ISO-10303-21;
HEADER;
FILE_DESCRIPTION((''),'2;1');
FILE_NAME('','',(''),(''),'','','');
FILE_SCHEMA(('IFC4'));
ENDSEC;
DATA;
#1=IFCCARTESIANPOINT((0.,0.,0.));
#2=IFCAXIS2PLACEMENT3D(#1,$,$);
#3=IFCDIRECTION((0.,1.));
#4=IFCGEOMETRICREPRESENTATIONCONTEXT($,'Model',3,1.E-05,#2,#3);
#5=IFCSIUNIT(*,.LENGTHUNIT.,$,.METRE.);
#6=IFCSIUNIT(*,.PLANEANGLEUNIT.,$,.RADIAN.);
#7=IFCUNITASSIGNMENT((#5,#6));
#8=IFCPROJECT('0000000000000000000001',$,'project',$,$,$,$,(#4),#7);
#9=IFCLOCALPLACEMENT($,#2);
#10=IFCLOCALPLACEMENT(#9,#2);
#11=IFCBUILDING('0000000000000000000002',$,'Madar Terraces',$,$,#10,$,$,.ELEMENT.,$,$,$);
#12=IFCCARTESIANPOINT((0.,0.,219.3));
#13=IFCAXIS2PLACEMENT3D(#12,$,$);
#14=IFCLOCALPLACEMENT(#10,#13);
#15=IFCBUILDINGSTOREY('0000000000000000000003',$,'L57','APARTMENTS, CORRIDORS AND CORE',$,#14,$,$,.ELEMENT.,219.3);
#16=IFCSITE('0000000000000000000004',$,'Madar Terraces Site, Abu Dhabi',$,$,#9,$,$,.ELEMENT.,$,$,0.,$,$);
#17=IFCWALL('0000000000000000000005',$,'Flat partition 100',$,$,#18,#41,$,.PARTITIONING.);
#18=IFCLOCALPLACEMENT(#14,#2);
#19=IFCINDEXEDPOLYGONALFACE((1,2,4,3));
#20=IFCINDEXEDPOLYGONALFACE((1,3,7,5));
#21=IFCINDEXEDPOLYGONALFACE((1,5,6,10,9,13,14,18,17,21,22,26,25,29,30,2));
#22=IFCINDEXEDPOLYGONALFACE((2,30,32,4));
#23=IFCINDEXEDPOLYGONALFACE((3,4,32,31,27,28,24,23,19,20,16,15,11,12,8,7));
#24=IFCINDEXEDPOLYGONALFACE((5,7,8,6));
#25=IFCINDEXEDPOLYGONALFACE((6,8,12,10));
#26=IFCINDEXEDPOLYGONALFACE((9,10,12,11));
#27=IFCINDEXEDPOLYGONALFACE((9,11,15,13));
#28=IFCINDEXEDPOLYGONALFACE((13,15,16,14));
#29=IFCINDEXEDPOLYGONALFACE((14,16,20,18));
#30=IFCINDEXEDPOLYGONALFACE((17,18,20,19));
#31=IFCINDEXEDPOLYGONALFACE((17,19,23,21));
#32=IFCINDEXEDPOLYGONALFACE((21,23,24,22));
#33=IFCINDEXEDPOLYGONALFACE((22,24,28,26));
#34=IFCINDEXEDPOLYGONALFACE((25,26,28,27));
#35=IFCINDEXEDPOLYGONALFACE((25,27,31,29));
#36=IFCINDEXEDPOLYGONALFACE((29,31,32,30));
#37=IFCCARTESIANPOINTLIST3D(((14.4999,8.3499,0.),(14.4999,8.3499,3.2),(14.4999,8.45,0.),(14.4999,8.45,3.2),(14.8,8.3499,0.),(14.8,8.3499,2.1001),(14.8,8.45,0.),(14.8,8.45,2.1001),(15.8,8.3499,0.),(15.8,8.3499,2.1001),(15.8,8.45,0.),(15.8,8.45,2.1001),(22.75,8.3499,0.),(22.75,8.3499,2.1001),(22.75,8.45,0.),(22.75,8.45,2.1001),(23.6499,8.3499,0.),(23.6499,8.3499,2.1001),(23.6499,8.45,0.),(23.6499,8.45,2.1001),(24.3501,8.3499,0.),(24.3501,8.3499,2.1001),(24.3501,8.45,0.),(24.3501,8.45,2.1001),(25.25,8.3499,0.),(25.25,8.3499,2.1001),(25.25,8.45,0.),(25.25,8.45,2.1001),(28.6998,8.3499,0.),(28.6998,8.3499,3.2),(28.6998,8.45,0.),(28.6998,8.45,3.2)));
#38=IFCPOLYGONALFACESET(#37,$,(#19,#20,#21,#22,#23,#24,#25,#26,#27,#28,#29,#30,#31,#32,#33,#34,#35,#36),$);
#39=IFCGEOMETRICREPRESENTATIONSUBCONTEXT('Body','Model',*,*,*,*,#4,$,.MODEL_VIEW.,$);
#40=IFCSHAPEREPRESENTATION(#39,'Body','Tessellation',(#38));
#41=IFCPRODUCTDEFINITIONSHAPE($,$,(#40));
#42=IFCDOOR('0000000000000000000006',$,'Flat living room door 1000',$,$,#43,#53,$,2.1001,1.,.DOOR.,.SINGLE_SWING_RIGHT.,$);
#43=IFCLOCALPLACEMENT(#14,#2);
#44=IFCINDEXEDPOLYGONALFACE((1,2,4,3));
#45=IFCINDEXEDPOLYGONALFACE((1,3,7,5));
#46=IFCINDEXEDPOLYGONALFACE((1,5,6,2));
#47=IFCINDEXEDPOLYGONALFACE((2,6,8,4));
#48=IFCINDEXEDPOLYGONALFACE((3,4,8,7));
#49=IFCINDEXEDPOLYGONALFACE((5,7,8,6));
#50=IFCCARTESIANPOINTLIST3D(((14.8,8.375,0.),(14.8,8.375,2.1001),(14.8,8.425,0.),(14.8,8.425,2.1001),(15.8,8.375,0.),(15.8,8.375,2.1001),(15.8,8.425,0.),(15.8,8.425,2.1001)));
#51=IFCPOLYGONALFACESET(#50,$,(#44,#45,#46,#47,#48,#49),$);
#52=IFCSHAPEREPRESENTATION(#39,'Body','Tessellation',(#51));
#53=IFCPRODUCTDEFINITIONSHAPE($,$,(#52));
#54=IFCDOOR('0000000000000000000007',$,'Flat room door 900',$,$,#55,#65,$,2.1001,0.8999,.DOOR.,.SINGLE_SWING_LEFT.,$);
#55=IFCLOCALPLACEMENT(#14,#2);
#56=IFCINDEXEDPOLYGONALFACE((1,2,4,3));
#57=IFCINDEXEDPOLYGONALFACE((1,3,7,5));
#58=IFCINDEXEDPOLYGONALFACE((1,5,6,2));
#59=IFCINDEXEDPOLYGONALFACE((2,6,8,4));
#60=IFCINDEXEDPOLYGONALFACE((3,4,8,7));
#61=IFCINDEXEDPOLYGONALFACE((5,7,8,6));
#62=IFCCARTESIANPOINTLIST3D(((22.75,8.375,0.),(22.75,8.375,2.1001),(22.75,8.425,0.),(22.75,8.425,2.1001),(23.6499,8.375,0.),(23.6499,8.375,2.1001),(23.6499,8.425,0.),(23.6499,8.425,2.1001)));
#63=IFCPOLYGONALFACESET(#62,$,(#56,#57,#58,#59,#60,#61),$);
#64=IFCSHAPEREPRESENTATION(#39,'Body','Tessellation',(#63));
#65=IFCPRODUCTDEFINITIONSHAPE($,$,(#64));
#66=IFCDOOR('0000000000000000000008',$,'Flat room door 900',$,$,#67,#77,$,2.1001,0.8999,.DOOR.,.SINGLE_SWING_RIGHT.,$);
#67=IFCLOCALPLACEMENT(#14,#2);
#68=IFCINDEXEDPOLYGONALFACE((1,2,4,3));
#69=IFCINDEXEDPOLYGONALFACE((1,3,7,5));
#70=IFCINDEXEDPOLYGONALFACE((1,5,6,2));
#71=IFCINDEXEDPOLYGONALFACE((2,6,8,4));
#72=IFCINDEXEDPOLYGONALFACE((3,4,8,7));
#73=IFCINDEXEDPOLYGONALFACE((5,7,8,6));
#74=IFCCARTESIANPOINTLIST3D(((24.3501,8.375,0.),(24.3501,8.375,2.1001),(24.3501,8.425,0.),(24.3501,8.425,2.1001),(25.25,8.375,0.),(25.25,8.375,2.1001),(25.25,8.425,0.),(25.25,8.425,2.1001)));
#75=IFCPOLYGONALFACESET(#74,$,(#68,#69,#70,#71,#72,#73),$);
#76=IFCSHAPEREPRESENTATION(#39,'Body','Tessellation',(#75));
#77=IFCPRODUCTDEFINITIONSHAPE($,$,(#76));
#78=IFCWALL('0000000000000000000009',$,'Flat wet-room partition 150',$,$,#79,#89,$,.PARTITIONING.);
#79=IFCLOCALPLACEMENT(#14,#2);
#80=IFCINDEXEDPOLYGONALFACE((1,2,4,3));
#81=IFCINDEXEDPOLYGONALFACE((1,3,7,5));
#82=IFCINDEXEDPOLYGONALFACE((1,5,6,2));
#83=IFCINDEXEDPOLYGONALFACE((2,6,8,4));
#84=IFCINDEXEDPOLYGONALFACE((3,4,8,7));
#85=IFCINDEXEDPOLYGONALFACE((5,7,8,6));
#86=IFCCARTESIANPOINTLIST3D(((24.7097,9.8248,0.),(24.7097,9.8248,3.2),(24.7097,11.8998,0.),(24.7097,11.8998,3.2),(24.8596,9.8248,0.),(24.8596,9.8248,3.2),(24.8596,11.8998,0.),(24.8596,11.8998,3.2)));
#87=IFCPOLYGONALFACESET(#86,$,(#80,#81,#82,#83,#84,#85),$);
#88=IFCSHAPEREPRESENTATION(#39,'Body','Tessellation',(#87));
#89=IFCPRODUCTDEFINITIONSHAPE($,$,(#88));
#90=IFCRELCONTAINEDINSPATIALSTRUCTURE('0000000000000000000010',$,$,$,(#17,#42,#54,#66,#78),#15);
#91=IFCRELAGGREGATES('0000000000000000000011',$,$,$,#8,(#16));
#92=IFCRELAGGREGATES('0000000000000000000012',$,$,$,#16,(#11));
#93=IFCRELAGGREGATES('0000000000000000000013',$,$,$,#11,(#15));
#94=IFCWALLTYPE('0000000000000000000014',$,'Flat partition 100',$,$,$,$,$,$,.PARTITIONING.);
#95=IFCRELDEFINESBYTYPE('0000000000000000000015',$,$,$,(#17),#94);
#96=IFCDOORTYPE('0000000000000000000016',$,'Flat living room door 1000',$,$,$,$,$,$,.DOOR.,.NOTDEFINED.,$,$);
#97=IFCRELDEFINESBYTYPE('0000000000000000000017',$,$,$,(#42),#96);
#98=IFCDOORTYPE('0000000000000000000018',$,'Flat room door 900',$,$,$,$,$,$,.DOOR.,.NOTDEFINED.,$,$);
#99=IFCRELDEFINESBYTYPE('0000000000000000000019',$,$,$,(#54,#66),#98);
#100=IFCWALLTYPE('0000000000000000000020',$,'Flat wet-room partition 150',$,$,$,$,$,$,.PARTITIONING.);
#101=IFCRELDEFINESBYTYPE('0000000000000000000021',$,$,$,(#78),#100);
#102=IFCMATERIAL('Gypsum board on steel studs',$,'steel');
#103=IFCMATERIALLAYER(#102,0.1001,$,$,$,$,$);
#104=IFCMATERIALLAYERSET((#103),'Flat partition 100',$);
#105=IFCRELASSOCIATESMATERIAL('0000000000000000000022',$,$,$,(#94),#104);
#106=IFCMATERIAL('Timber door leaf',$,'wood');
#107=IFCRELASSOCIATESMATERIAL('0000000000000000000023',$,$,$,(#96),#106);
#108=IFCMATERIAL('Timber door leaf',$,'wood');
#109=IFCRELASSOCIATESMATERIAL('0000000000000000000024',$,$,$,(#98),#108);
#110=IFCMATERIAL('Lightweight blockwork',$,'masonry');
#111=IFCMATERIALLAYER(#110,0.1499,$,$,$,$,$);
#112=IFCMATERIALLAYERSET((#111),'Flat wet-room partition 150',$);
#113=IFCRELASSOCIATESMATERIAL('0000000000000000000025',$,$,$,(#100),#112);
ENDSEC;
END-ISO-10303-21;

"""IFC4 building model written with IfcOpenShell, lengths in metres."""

from ifc_helpers import new_model, si_unit, direction, frame, frame_2d, origin, place, context, subcontext, project, spatial, rectangle, extrude, material, layer, layer_set, type_object, element, fill, save


model = new_model("IFC4")

# Units and contexts
model_context = context("Model", 3, precision=1e-05, world=origin(), true_north=direction((0.0, 1.0)))
body_context = subcontext(model_context, "Body", "Model", "MODEL_VIEW")
ifc_project = project(units=[si_unit("LENGTHUNIT", "METRE"), si_unit("PLANEANGLEUNIT", "RADIAN")], contexts=[model_context])

# Site, building, storey
site_placement = place(None, origin())
site = spatial("IfcSite", under=ifc_project, at=site_placement, Name="Madar Terraces Site, Abu Dhabi", CompositionType="ELEMENT", RefElevation=0.0)
building_placement = place(site_placement, origin())
building = spatial("IfcBuilding", under=site, at=building_placement, Name="Madar Terraces", CompositionType="ELEMENT")
storey_placement = place(building_placement, frame((0.0, 0.0, 219.3)))
storey = spatial("IfcBuildingStorey", under=building, at=storey_placement, Name="L57", Description="APARTMENTS, CORRIDORS AND CORE", CompositionType="ELEMENT", Elevation=219.3)

# Shared definitions
ifc_material_1 = material(Name="Gypsum board on steel studs", Category="steel")
ifc_layer_1 = layer(ifc_material_1, 0.1001)
ifc_layer_set_1 = layer_set([ifc_layer_1], Name="Flat partition 100")
wall_type_1 = type_object("IfcWallType", Name="Flat partition 100", PredefinedType="PARTITIONING", material=ifc_layer_set_1)

# Wall, openings, doors
wall_1_placement = place(storey_placement, frame((28.7, 8.3999, 0.0), z_axis=(0.0, 0.0, 1.0), x_axis=(-1.0, 0.0, 0.0)))
wall_1 = element("IfcWall", 1, at=wall_1_placement, inside=storey, type_object=wall_type_1, Name="Flat partition 100", PredefinedType="PARTITIONING", context=body_context, shape_type="SweptSolid", body=[
    extrude(rectangle(XDim=14.2, YDim=0.1001, at=frame_2d((7.1001, 0.0))), origin(), (0.0, 0.0, 1.0), 3.2),
])
opening_1_placement = place(wall_1_placement, frame((12.8999, 0.0, 0.0)))
opening_1 = element("IfcOpeningElement", 2, at=opening_1_placement, cuts=wall_1, PredefinedType="OPENING", context=body_context, shape_type="SweptSolid", body=[
    extrude(rectangle(XDim=1.0, YDim=2.1001, at=frame_2d((0.5, 1.05))), frame((0.0, 0.0601, 0.0), z_axis=(0.0, -1.0, 0.0), x_axis=(1.0, 0.0, 0.0)), (0.0, 0.0, 1.0), 0.1201),
])
opening_2_placement = place(wall_1_placement, frame((5.05, 0.0, 0.0)))
opening_2 = element("IfcOpeningElement", 3, at=opening_2_placement, cuts=wall_1, PredefinedType="OPENING", context=body_context, shape_type="SweptSolid", body=[
    extrude(rectangle(XDim=0.8999, YDim=2.1001, at=frame_2d((0.45, 1.05))), frame((0.0, 0.0601, 0.0), z_axis=(0.0, -1.0, 0.0), x_axis=(1.0, 0.0, 0.0)), (0.0, 0.0, 1.0), 0.1201),
])
opening_3_placement = place(wall_1_placement, frame((3.45, 0.0, 0.0)))
opening_3 = element("IfcOpeningElement", 4, at=opening_3_placement, cuts=wall_1, PredefinedType="OPENING", context=body_context, shape_type="SweptSolid", body=[
    extrude(rectangle(XDim=0.8999, YDim=2.1001, at=frame_2d((0.45, 1.05))), frame((0.0, 0.0601, 0.0), z_axis=(0.0, -1.0, 0.0), x_axis=(1.0, 0.0, 0.0)), (0.0, 0.0, 1.0), 0.1201),
])
ifc_material_2 = material(Name="Timber door leaf", Category="wood")
door_type_1 = type_object("IfcDoorType", Name="Flat living room door 1000", OperationType="NOTDEFINED", PredefinedType="DOOR", material=ifc_material_2)
door_1_placement = place(opening_1_placement, origin())
door_1 = element("IfcDoor", 5, at=door_1_placement, inside=storey, type_object=door_type_1, Name="Flat living room door 1000", OperationType="SINGLE_SWING_RIGHT", OverallHeight=2.1001, OverallWidth=1.0, PredefinedType="DOOR", context=body_context, shape_type="SweptSolid", body=[
    extrude(rectangle(XDim=1.0, YDim=2.1001, at=frame_2d((0.5, 1.05))), frame((0.0, 0.0249, 0.0), z_axis=(0.0, -1.0, 0.0), x_axis=(1.0, 0.0, 0.0)), (0.0, 0.0, 1.0), 0.05),
])
fill(opening_1, door_1)
ifc_material_3 = material(Name="Timber door leaf", Category="wood")
door_type_2 = type_object("IfcDoorType", Name="Flat room door 900", OperationType="NOTDEFINED", PredefinedType="DOOR", material=ifc_material_3)
door_2_placement = place(opening_2_placement, origin())
door_2 = element("IfcDoor", 6, at=door_2_placement, inside=storey, type_object=door_type_2, Name="Flat room door 900", OperationType="SINGLE_SWING_LEFT", OverallHeight=2.1001, OverallWidth=0.8999, PredefinedType="DOOR", context=body_context, shape_type="SweptSolid", body=[
    extrude(rectangle(XDim=0.8999, YDim=2.1001, at=frame_2d((0.45, 1.05))), frame((0.0, 0.0249, 0.0), z_axis=(0.0, -1.0, 0.0), x_axis=(1.0, 0.0, 0.0)), (0.0, 0.0, 1.0), 0.05),
])
fill(opening_2, door_2)
door_3_placement = place(opening_3_placement, origin())
door_3 = element("IfcDoor", 7, at=door_3_placement, inside=storey, type_object=door_type_2, Name="Flat room door 900", OperationType="SINGLE_SWING_RIGHT", OverallHeight=2.1001, OverallWidth=0.8999, PredefinedType="DOOR", context=body_context, shape_type="SweptSolid", body=[
    extrude(rectangle(XDim=0.8999, YDim=2.1001, at=frame_2d((0.45, 1.05))), frame((0.0, 0.0249, 0.0), z_axis=(0.0, -1.0, 0.0), x_axis=(1.0, 0.0, 0.0)), (0.0, 0.0, 1.0), 0.05),
])
fill(opening_3, door_3)

# Wall
ifc_material_4 = material(Name="Lightweight blockwork", Category="masonry")
ifc_layer_2 = layer(ifc_material_4, 0.1499)
ifc_layer_set_2 = layer_set([ifc_layer_2], Name="Flat wet-room partition 150")
wall_type_2 = type_object("IfcWallType", Name="Flat wet-room partition 150", PredefinedType="PARTITIONING", material=ifc_layer_set_2)
wall_2_placement = place(storey_placement, frame((24.7847, 11.8999, 0.0), z_axis=(0.0, 0.0, 1.0), x_axis=(0.0, -1.0, 0.0)))
element("IfcWall", 8, at=wall_2_placement, inside=storey, type_object=wall_type_2, Name="Flat wet-room partition 150", PredefinedType="PARTITIONING", context=body_context, shape_type="SweptSolid", body=[
    extrude(rectangle(XDim=2.075, YDim=0.1499, at=frame_2d((1.0376, 0.0))), origin(), (0.0, 0.0, 1.0), 3.2),
])

save(model, "model.ifc")
